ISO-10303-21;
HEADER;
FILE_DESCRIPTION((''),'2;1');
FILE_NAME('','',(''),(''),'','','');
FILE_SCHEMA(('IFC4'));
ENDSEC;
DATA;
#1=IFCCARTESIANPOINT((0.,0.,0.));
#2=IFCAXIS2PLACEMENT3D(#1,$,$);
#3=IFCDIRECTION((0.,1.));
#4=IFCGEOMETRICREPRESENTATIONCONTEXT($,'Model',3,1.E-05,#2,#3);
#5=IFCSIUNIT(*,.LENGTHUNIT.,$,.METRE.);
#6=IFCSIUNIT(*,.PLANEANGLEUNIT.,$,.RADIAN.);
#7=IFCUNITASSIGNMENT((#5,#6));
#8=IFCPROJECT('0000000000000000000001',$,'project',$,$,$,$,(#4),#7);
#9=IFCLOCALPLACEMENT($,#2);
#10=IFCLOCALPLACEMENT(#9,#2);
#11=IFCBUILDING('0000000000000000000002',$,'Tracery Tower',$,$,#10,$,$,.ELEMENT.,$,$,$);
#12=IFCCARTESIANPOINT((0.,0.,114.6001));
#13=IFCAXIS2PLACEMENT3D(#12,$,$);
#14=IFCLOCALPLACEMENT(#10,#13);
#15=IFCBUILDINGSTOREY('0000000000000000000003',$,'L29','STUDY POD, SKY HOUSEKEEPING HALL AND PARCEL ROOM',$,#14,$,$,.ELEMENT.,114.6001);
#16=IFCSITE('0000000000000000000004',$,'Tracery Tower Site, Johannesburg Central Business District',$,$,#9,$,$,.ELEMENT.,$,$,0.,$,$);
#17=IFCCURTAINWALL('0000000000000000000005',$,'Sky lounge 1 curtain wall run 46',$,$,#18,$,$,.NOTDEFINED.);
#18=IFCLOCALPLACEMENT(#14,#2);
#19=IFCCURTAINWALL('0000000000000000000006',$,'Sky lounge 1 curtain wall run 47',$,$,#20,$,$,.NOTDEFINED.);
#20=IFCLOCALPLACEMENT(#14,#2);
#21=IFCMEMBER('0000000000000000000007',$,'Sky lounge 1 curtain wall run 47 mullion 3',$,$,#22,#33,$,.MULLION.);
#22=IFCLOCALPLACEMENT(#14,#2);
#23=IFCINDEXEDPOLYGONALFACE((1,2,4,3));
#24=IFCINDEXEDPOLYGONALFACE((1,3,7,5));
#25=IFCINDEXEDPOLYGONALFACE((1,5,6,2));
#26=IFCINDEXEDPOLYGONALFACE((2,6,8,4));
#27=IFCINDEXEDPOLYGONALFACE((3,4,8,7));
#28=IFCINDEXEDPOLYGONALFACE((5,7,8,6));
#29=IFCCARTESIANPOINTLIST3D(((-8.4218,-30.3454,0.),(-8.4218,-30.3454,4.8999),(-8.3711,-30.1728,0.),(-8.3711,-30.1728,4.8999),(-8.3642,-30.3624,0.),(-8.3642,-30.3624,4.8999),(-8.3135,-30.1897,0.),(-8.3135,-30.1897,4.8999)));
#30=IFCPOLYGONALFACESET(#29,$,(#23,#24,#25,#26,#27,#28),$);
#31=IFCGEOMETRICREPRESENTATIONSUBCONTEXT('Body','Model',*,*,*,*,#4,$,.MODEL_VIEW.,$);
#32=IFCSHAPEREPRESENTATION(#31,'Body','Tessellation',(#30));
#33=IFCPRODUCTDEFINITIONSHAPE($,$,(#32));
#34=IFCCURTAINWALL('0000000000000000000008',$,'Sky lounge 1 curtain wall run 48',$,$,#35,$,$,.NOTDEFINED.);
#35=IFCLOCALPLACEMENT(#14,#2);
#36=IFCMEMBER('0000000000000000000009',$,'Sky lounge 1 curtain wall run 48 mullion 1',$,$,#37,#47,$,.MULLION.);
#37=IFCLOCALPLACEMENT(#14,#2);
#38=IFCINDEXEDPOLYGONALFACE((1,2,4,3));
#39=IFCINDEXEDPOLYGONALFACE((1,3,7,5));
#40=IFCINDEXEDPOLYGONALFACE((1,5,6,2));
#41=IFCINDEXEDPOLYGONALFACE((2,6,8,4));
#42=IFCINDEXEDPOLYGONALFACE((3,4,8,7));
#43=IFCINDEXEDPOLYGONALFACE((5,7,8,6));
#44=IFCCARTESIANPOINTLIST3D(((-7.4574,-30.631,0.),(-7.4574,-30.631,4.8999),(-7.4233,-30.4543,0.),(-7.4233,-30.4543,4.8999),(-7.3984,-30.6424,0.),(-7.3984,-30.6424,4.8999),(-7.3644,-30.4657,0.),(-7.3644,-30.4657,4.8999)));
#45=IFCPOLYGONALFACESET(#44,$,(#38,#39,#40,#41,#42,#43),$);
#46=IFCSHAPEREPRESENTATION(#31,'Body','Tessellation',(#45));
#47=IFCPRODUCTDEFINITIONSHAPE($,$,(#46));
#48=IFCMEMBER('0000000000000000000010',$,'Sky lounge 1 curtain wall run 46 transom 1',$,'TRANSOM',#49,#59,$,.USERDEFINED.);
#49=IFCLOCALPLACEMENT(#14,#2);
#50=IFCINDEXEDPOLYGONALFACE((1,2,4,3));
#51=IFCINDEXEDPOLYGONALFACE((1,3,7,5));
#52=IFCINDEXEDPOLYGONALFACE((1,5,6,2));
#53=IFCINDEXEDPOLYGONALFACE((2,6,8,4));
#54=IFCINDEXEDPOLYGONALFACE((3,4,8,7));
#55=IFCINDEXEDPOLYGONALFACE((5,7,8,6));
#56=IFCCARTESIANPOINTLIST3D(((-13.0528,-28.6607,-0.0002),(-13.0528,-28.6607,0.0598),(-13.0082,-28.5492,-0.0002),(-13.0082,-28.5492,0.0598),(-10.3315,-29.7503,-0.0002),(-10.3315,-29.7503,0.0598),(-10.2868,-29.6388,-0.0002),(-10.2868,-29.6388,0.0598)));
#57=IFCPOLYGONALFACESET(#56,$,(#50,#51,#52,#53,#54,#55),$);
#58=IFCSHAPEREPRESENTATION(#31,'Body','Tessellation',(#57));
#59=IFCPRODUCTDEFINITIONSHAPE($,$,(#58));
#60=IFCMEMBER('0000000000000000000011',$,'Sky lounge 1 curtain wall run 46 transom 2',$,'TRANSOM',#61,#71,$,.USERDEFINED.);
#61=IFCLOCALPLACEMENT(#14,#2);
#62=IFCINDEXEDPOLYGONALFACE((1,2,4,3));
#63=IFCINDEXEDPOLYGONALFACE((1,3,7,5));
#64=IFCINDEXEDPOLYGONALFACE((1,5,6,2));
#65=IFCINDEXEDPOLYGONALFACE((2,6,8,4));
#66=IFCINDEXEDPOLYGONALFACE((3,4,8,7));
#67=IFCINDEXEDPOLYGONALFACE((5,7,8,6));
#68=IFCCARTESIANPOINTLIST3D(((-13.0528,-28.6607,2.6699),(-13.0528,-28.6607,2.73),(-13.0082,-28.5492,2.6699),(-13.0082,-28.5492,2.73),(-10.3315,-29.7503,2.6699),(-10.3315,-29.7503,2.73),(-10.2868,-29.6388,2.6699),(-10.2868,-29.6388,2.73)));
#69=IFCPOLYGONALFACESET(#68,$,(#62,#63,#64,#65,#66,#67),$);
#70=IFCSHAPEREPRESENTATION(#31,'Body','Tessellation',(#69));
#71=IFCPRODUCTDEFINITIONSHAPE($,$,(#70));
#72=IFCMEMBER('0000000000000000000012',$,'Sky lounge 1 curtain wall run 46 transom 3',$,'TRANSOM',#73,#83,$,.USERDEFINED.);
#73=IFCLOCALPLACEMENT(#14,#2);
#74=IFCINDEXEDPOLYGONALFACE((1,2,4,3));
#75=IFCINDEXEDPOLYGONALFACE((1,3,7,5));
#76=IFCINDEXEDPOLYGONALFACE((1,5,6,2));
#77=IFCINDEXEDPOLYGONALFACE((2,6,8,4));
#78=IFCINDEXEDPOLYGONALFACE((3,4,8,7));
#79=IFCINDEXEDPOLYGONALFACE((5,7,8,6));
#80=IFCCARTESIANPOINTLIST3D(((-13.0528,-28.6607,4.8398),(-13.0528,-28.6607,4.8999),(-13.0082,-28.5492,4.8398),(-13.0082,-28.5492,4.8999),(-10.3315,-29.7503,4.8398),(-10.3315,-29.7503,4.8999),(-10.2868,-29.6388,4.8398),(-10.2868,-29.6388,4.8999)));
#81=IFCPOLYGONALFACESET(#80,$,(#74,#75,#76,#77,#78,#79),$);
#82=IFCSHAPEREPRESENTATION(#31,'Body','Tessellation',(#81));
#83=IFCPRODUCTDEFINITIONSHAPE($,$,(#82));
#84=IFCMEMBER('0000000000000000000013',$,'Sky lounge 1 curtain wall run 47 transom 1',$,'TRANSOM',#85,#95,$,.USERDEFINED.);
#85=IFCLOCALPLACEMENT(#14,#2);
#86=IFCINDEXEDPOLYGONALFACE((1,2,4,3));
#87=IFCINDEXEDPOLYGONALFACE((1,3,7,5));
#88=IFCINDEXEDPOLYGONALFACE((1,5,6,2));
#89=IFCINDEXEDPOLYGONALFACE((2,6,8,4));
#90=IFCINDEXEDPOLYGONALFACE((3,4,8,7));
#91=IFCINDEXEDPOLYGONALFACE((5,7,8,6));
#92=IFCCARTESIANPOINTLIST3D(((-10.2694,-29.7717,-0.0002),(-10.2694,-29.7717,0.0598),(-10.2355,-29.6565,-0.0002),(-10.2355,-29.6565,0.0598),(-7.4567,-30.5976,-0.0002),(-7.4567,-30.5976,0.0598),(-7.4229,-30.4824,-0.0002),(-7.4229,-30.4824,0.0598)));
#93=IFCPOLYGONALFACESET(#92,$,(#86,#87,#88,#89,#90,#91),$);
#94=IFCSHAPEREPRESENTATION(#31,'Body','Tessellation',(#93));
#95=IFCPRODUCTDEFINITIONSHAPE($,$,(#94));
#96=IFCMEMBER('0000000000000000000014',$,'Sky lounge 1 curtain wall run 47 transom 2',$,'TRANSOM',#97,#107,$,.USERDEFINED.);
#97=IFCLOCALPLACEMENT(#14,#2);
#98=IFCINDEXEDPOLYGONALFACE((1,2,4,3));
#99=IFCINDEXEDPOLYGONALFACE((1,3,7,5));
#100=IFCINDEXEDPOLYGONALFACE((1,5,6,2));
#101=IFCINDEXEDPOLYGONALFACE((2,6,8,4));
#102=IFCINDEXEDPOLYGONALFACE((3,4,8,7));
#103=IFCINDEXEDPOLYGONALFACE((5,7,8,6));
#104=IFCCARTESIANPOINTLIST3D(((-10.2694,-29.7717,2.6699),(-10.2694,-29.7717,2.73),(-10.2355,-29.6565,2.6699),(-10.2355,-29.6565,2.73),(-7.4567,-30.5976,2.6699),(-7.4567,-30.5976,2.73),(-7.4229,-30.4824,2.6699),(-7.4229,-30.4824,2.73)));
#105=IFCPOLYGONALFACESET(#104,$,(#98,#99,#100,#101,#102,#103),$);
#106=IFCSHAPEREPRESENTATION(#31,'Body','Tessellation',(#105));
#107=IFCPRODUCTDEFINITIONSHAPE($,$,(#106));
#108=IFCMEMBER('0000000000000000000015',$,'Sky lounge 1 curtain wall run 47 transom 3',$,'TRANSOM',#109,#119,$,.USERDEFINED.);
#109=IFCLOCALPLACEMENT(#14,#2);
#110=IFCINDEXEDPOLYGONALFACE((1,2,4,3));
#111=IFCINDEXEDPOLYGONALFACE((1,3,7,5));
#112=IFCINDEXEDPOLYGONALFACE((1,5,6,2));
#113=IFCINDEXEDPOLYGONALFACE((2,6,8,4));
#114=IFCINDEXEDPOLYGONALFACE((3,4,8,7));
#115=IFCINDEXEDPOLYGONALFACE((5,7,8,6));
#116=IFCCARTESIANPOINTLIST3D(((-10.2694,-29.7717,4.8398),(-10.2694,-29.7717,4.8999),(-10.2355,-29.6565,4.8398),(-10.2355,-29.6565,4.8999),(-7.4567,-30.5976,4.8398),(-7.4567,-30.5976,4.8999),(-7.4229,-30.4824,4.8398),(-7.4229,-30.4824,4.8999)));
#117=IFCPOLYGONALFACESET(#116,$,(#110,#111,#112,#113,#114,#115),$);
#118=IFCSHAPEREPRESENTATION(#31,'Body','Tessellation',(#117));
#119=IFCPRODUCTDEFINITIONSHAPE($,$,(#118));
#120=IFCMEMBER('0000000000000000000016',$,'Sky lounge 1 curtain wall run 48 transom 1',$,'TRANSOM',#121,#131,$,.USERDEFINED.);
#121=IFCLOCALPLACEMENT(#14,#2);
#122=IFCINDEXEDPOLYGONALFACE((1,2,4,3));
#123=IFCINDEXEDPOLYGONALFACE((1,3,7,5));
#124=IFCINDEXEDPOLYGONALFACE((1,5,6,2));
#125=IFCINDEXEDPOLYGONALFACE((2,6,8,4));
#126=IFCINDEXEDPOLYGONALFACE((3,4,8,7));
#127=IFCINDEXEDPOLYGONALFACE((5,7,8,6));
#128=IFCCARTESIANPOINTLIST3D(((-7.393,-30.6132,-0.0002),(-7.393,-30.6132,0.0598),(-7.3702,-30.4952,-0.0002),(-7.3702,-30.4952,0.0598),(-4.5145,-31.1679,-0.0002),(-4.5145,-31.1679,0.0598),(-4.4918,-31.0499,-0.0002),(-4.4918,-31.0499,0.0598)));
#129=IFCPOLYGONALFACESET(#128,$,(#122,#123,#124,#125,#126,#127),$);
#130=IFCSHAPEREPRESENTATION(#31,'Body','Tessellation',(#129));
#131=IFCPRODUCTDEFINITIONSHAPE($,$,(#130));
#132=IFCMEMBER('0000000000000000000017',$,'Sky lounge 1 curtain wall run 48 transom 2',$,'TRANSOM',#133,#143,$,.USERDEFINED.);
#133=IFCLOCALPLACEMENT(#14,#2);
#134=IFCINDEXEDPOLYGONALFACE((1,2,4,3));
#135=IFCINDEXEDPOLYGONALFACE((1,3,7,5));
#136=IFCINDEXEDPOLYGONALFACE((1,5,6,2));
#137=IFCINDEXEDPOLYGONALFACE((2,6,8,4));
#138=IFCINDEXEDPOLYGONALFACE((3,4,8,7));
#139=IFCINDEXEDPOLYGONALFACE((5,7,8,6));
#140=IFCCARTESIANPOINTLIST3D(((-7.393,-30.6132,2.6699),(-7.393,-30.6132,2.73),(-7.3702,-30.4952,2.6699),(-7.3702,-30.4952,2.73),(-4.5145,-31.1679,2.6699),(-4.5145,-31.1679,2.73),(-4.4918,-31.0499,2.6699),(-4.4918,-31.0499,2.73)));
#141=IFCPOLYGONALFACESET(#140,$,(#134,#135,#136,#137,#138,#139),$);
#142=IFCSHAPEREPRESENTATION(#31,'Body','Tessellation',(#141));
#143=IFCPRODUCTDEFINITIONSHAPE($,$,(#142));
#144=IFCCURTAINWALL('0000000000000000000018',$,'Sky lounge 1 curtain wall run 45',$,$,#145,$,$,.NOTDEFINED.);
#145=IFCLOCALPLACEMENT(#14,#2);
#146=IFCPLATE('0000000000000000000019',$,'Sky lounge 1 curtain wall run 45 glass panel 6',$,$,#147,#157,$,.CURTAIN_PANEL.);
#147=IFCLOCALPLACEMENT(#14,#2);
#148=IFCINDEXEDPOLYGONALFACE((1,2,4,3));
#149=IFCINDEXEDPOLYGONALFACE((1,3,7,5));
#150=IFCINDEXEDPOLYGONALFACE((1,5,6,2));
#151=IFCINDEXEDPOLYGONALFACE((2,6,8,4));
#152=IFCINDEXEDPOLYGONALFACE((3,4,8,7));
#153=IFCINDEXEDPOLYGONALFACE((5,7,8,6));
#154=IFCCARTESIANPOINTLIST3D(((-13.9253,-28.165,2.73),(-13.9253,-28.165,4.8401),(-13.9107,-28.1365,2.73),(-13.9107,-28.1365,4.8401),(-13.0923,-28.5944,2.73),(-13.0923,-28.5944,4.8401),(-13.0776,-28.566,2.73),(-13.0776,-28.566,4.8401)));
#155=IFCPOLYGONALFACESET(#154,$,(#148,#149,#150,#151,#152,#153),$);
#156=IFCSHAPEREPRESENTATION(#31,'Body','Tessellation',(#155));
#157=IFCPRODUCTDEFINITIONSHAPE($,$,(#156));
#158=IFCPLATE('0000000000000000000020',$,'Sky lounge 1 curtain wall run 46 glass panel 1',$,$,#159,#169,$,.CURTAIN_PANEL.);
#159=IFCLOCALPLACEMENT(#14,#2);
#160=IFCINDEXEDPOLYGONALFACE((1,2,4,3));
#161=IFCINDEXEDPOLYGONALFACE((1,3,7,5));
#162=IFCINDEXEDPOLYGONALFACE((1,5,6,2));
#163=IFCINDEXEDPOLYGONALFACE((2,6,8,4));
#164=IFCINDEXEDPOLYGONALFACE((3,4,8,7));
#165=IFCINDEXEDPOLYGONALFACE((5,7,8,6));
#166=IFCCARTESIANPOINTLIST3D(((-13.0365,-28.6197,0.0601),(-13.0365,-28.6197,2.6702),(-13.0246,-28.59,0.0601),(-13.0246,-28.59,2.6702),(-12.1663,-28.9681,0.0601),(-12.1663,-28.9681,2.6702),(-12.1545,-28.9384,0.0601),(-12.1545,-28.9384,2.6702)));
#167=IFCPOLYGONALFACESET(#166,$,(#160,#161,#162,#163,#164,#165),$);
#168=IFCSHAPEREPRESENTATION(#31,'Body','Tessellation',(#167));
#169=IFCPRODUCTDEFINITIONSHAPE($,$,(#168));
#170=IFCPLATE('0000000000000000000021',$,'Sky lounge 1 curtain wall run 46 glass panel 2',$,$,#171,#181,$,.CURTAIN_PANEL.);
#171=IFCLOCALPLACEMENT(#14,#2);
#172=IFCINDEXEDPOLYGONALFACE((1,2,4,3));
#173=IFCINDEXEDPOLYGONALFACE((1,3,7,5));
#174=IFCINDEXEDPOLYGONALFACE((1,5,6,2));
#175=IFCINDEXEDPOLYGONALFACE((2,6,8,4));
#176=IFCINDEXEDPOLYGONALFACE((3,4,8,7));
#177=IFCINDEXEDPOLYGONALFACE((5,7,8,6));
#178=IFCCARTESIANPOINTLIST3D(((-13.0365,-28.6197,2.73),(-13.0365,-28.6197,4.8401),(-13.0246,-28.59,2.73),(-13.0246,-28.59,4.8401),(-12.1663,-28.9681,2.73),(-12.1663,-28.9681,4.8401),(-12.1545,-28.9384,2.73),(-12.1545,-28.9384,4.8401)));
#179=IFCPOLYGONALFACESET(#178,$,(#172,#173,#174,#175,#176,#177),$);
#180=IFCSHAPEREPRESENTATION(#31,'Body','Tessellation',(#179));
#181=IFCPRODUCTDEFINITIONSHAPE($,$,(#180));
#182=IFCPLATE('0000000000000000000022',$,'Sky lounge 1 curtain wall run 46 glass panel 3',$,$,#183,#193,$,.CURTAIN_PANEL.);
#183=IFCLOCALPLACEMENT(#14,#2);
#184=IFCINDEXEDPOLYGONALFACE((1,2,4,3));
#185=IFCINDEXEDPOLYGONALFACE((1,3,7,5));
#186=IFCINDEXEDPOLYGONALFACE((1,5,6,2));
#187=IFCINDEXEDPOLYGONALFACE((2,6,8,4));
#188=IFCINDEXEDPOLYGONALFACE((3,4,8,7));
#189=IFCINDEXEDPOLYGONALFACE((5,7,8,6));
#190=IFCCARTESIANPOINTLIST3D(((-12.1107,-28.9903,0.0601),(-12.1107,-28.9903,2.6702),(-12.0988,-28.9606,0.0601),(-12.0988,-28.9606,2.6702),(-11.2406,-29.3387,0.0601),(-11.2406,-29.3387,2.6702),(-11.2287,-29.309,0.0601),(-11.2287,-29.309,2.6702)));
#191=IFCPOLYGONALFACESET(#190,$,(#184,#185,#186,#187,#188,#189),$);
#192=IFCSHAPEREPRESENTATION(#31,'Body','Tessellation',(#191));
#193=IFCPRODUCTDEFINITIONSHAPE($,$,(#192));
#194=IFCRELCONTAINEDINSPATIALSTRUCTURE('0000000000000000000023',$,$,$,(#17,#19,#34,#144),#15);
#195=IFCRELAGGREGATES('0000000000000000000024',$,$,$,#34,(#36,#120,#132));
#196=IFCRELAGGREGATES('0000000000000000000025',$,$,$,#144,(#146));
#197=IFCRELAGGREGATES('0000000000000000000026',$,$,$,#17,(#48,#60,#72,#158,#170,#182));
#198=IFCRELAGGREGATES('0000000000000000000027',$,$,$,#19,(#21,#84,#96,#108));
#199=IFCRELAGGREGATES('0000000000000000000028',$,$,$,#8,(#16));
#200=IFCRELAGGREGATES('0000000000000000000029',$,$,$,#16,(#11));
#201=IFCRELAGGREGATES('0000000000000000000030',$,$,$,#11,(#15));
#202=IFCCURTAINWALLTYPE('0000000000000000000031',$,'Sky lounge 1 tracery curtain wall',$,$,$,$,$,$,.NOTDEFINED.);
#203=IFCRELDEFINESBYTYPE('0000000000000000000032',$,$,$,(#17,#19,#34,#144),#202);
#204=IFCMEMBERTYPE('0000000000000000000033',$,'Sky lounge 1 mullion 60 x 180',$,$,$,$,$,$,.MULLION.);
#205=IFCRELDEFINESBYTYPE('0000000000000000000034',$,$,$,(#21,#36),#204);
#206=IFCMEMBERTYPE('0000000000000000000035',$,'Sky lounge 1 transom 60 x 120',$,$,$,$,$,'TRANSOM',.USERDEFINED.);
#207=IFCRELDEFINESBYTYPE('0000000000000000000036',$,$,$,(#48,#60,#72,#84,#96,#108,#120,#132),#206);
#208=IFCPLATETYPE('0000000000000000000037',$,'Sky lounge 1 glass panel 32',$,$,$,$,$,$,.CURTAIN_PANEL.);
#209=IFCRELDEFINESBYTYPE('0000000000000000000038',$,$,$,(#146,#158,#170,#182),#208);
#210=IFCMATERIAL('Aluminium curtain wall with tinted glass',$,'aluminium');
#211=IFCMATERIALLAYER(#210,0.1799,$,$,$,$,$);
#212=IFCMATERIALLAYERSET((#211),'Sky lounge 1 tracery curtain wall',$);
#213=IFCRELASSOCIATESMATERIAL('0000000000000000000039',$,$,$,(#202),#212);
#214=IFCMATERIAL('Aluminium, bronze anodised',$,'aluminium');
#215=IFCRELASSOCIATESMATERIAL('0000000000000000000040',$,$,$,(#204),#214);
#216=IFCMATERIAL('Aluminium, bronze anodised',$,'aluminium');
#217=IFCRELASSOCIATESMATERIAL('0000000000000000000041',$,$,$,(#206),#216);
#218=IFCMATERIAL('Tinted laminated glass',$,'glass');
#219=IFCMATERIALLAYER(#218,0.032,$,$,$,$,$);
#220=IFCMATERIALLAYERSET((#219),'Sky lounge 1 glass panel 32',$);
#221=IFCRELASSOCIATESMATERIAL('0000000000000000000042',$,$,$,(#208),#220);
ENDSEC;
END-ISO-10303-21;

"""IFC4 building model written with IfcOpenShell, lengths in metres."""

from ifc_helpers import new_model, si_unit, direction, frame, origin, origin_2d, place, context, subcontext, project, spatial, rectangle, extrude, material, layer, layer_set, material_profile, profile_set, type_object, element, aggregate, save


model = new_model("IFC4")

# Units and contexts
model_context = context("Model", 3, precision=1e-05, world=origin(), true_north=direction((0.0, 1.0)))
body_context = subcontext(model_context, "Body", "Model", "MODEL_VIEW")
ifc_project = project(units=[si_unit("LENGTHUNIT", "METRE"), si_unit("PLANEANGLEUNIT", "RADIAN")], contexts=[model_context])

# Site, building, storey
site_placement = place(None, origin())
site = spatial("IfcSite", under=ifc_project, at=site_placement, Name="Tracery Tower Site, Johannesburg Central Business District", CompositionType="ELEMENT", RefElevation=0.0)
building_placement = place(site_placement, origin())
building = spatial("IfcBuilding", under=site, at=building_placement, Name="Tracery Tower", CompositionType="ELEMENT")
storey_placement = place(building_placement, frame((0.0, 0.0, 114.6001)))
storey = spatial("IfcBuildingStorey", under=building, at=storey_placement, Name="L29", Description="STUDY POD, SKY HOUSEKEEPING HALL AND PARCEL ROOM", CompositionType="ELEMENT", Elevation=114.6001)

# Curtain walls, member
ifc_material_1 = material(Name="Aluminium curtain wall with tinted glass", Category="aluminium")
ifc_layer_1 = layer(ifc_material_1, 0.1799)
ifc_layer_set_1 = layer_set([ifc_layer_1], Name="Sky lounge 1 tracery curtain wall")
curtain_wall_type = type_object("IfcCurtainWallType", Name="Sky lounge 1 tracery curtain wall", PredefinedType="NOTDEFINED", material=ifc_layer_set_1)
curtain_wall_1_placement = place(storey_placement, origin())
curtain_wall_1 = element("IfcCurtainWall", 1, at=curtain_wall_1_placement, inside=storey, type_object=curtain_wall_type, Name="Sky lounge 1 curtain wall run 46", PredefinedType="NOTDEFINED")
ifc_material_2 = material(Name="Aluminium, bronze anodised", Category="aluminium")
ifc_material_profile_1 = material_profile(ifc_material_2, rectangle(XDim=0.1799, YDim=0.0601, at=origin_2d()), Name="AL 60x180")
ifc_profile_set_1 = profile_set([ifc_material_profile_1], Name="Aluminium, bronze anodised")
member_type_1 = type_object("IfcMemberType", Name="Sky lounge 1 mullion 60 x 180", PredefinedType="MULLION", material=ifc_profile_set_1)
curtain_wall_2_placement = place(storey_placement, origin())
curtain_wall_2 = element("IfcCurtainWall", 2, at=curtain_wall_2_placement, inside=storey, type_object=curtain_wall_type, Name="Sky lounge 1 curtain wall run 47", PredefinedType="NOTDEFINED")
member_1_placement = place(storey_placement, frame((-8.3677, -30.2676, 0.0), z_axis=(0.0, 0.0, 1.0), x_axis=(0.281733, 0.959493, 0.0)))
member_1 = element("IfcMember", 3, at=member_1_placement, type_object=member_type_1, Name="Sky lounge 1 curtain wall run 47 mullion 3", PredefinedType="MULLION", context=body_context, shape_type="SweptSolid", body=[
    extrude(rectangle(XDim=0.1799, YDim=0.0601, at=origin_2d()), origin(), (0.0, 0.0, 1.0), 4.8999),
])

# Curtain wall, member
curtain_wall_3_placement = place(storey_placement, origin())
curtain_wall_3 = element("IfcCurtainWall", 4, at=curtain_wall_3_placement, inside=storey, type_object=curtain_wall_type, Name="Sky lounge 1 curtain wall run 48", PredefinedType="NOTDEFINED")
member_2_placement = place(storey_placement, frame((-7.4109, -30.5483, 0.0), z_axis=(0.0, 0.0, 1.0), x_axis=(0.189251, 0.981929, 0.0)))
member_2 = element("IfcMember", 5, at=member_2_placement, type_object=member_type_1, Name="Sky lounge 1 curtain wall run 48 mullion 1", PredefinedType="MULLION", context=body_context, shape_type="SweptSolid", body=[
    extrude(rectangle(XDim=0.1799, YDim=0.0601, at=origin_2d()), origin(), (0.0, 0.0, 1.0), 4.8999),
])

# Members
ifc_material_3 = material(Name="Aluminium, bronze anodised", Category="aluminium")
ifc_material_profile_2 = material_profile(ifc_material_3, rectangle(XDim=0.1201, YDim=0.0601, at=origin_2d()), Name="AL 60x120")
ifc_profile_set_2 = profile_set([ifc_material_profile_2], Name="Aluminium, bronze anodised")
member_type_2 = type_object("IfcMemberType", Name="Sky lounge 1 transom 60 x 120", ElementType="TRANSOM", PredefinedType="USERDEFINED", material=ifc_profile_set_2)
member_3_placement = place(storey_placement, frame((-13.0305, -28.605, 0.0298), z_axis=(0.928356, -0.371692, 0.0), x_axis=(0.371692, 0.928356, 0.0)))
member_3 = element("IfcMember", 6, at=member_3_placement, type_object=member_type_2, Name="Sky lounge 1 curtain wall run 46 transom 1", ObjectType="TRANSOM", PredefinedType="USERDEFINED", context=body_context, shape_type="SweptSolid", body=[
    extrude(rectangle(XDim=0.1201, YDim=0.0601, at=origin_2d()), origin(), (0.0, 0.0, 1.0), 2.9314),
])
member_4_placement = place(storey_placement, frame((-13.0305, -28.605, 2.7), z_axis=(0.928356, -0.371692, 0.0), x_axis=(0.371692, 0.928356, 0.0)))
member_4 = element("IfcMember", 7, at=member_4_placement, type_object=member_type_2, Name="Sky lounge 1 curtain wall run 46 transom 2", ObjectType="TRANSOM", PredefinedType="USERDEFINED", context=body_context, shape_type="SweptSolid", body=[
    extrude(rectangle(XDim=0.1201, YDim=0.0601, at=origin_2d()), origin(), (0.0, 0.0, 1.0), 2.9314),
])
member_5_placement = place(storey_placement, frame((-13.0305, -28.605, 4.8699), z_axis=(0.928356, -0.371692, 0.0), x_axis=(0.371692, 0.928356, 0.0)))
member_5 = element("IfcMember", 8, at=member_5_placement, type_object=member_type_2, Name="Sky lounge 1 curtain wall run 46 transom 3", ObjectType="TRANSOM", PredefinedType="USERDEFINED", context=body_context, shape_type="SweptSolid", body=[
    extrude(rectangle(XDim=0.1201, YDim=0.0601, at=origin_2d()), origin(), (0.0, 0.0, 1.0), 2.9314),
])
member_6_placement = place(storey_placement, frame((-10.2524, -29.7141, 0.0298), z_axis=(0.95949, -0.281742, 0.0), x_axis=(0.281742, 0.95949, 0.0)))
member_6 = element("IfcMember", 9, at=member_6_placement, type_object=member_type_2, Name="Sky lounge 1 curtain wall run 47 transom 1", ObjectType="TRANSOM", PredefinedType="USERDEFINED", context=body_context, shape_type="SweptSolid", body=[
    extrude(rectangle(XDim=0.1201, YDim=0.0601, at=origin_2d()), origin(), (0.0, 0.0, 1.0), 2.9314),
])
member_7_placement = place(storey_placement, frame((-10.2524, -29.7141, 2.7), z_axis=(0.95949, -0.281742, 0.0), x_axis=(0.281742, 0.95949, 0.0)))
member_7 = element("IfcMember", 10, at=member_7_placement, type_object=member_type_2, Name="Sky lounge 1 curtain wall run 47 transom 2", ObjectType="TRANSOM", PredefinedType="USERDEFINED", context=body_context, shape_type="SweptSolid", body=[
    extrude(rectangle(XDim=0.1201, YDim=0.0601, at=origin_2d()), origin(), (0.0, 0.0, 1.0), 2.9314),
])
member_8_placement = place(storey_placement, frame((-10.2524, -29.7141, 4.8699), z_axis=(0.95949, -0.281742, 0.0), x_axis=(0.281742, 0.95949, 0.0)))
member_8 = element("IfcMember", 11, at=member_8_placement, type_object=member_type_2, Name="Sky lounge 1 curtain wall run 47 transom 3", ObjectType="TRANSOM", PredefinedType="USERDEFINED", context=body_context, shape_type="SweptSolid", body=[
    extrude(rectangle(XDim=0.1201, YDim=0.0601, at=origin_2d()), origin(), (0.0, 0.0, 1.0), 2.9314),
])
member_9_placement = place(storey_placement, frame((-7.3816, -30.5542, 0.0298), z_axis=(0.981934, -0.189224, 0.0), x_axis=(0.189224, 0.981934, 0.0)))
member_9 = element("IfcMember", 12, at=member_9_placement, type_object=member_type_2, Name="Sky lounge 1 curtain wall run 48 transom 1", ObjectType="TRANSOM", PredefinedType="USERDEFINED", context=body_context, shape_type="SweptSolid", body=[
    extrude(rectangle(XDim=0.1201, YDim=0.0601, at=origin_2d()), origin(), (0.0, 0.0, 1.0), 2.9314),
])
member_10_placement = place(storey_placement, frame((-7.3816, -30.5542, 2.7), z_axis=(0.981934, -0.189224, 0.0), x_axis=(0.189224, 0.981934, 0.0)))
member_10 = element("IfcMember", 13, at=member_10_placement, type_object=member_type_2, Name="Sky lounge 1 curtain wall run 48 transom 2", ObjectType="TRANSOM", PredefinedType="USERDEFINED", context=body_context, shape_type="SweptSolid", body=[
    extrude(rectangle(XDim=0.1201, YDim=0.0601, at=origin_2d()), origin(), (0.0, 0.0, 1.0), 2.9314),
])
aggregate(curtain_wall_3, [member_2, member_9, member_10])

# Curtain wall, plate
curtain_wall_4_placement = place(storey_placement, origin())
curtain_wall_4 = element("IfcCurtainWall", 14, at=curtain_wall_4_placement, inside=storey, type_object=curtain_wall_type, Name="Sky lounge 1 curtain wall run 45", PredefinedType="NOTDEFINED")
ifc_material_4 = material(Name="Tinted laminated glass", Category="glass")
ifc_layer_2 = layer(ifc_material_4, 0.032)
ifc_layer_set_2 = layer_set([ifc_layer_2], Name="Sky lounge 1 glass panel 32")
plate_type = type_object("IfcPlateType", Name="Sky lounge 1 glass panel 32", PredefinedType="CURTAIN_PANEL", material=ifc_layer_set_2)
plate_1_placement = place(storey_placement, frame((-13.5015, -28.3655, 2.73), z_axis=(0.0, 0.0, 1.0), x_axis=(0.888835, -0.458227, 0.0)))
plate_1 = element("IfcPlate", 15, at=plate_1_placement, type_object=plate_type, Name="Sky lounge 1 curtain wall run 45 glass panel 6", PredefinedType="CURTAIN_PANEL", context=body_context, shape_type="SweptSolid", body=[
    extrude(rectangle(XDim=0.9373, YDim=0.032, at=origin_2d()), origin(), (0.0, 0.0, 1.0), 2.1101),
])
aggregate(curtain_wall_4, [plate_1])

# Plates
plate_2_placement = place(storey_placement, frame((-12.5955, -28.7791, 0.0601), z_axis=(0.0, 0.0, 1.0), x_axis=(0.928368, -0.371662, 0.0)))
plate_2 = element("IfcPlate", 16, at=plate_2_placement, type_object=plate_type, Name="Sky lounge 1 curtain wall run 46 glass panel 1", PredefinedType="CURTAIN_PANEL", context=body_context, shape_type="SweptSolid", body=[
    extrude(rectangle(XDim=0.9373, YDim=0.032, at=origin_2d()), origin(), (0.0, 0.0, 1.0), 2.6101),
])
plate_3_placement = place(storey_placement, frame((-12.5955, -28.7791, 2.73), z_axis=(0.0, 0.0, 1.0), x_axis=(0.928368, -0.371662, 0.0)))
plate_3 = element("IfcPlate", 17, at=plate_3_placement, type_object=plate_type, Name="Sky lounge 1 curtain wall run 46 glass panel 2", PredefinedType="CURTAIN_PANEL", context=body_context, shape_type="SweptSolid", body=[
    extrude(rectangle(XDim=0.9373, YDim=0.032, at=origin_2d()), origin(), (0.0, 0.0, 1.0), 2.1101),
])
plate_4_placement = place(storey_placement, frame((-11.6697, -29.1497, 0.0601), z_axis=(0.0, 0.0, 1.0), x_axis=(0.928368, -0.371662, 0.0)))
plate_4 = element("IfcPlate", 18, at=plate_4_placement, type_object=plate_type, Name="Sky lounge 1 curtain wall run 46 glass panel 3", PredefinedType="CURTAIN_PANEL", context=body_context, shape_type="SweptSolid", body=[
    extrude(rectangle(XDim=0.9373, YDim=0.032, at=origin_2d()), origin(), (0.0, 0.0, 1.0), 2.6101),
])
aggregate(curtain_wall_1, [member_3, member_4, member_5, plate_2, plate_3, plate_4])
aggregate(curtain_wall_2, [member_1, member_6, member_7, member_8])

save(model, "model.ifc")
